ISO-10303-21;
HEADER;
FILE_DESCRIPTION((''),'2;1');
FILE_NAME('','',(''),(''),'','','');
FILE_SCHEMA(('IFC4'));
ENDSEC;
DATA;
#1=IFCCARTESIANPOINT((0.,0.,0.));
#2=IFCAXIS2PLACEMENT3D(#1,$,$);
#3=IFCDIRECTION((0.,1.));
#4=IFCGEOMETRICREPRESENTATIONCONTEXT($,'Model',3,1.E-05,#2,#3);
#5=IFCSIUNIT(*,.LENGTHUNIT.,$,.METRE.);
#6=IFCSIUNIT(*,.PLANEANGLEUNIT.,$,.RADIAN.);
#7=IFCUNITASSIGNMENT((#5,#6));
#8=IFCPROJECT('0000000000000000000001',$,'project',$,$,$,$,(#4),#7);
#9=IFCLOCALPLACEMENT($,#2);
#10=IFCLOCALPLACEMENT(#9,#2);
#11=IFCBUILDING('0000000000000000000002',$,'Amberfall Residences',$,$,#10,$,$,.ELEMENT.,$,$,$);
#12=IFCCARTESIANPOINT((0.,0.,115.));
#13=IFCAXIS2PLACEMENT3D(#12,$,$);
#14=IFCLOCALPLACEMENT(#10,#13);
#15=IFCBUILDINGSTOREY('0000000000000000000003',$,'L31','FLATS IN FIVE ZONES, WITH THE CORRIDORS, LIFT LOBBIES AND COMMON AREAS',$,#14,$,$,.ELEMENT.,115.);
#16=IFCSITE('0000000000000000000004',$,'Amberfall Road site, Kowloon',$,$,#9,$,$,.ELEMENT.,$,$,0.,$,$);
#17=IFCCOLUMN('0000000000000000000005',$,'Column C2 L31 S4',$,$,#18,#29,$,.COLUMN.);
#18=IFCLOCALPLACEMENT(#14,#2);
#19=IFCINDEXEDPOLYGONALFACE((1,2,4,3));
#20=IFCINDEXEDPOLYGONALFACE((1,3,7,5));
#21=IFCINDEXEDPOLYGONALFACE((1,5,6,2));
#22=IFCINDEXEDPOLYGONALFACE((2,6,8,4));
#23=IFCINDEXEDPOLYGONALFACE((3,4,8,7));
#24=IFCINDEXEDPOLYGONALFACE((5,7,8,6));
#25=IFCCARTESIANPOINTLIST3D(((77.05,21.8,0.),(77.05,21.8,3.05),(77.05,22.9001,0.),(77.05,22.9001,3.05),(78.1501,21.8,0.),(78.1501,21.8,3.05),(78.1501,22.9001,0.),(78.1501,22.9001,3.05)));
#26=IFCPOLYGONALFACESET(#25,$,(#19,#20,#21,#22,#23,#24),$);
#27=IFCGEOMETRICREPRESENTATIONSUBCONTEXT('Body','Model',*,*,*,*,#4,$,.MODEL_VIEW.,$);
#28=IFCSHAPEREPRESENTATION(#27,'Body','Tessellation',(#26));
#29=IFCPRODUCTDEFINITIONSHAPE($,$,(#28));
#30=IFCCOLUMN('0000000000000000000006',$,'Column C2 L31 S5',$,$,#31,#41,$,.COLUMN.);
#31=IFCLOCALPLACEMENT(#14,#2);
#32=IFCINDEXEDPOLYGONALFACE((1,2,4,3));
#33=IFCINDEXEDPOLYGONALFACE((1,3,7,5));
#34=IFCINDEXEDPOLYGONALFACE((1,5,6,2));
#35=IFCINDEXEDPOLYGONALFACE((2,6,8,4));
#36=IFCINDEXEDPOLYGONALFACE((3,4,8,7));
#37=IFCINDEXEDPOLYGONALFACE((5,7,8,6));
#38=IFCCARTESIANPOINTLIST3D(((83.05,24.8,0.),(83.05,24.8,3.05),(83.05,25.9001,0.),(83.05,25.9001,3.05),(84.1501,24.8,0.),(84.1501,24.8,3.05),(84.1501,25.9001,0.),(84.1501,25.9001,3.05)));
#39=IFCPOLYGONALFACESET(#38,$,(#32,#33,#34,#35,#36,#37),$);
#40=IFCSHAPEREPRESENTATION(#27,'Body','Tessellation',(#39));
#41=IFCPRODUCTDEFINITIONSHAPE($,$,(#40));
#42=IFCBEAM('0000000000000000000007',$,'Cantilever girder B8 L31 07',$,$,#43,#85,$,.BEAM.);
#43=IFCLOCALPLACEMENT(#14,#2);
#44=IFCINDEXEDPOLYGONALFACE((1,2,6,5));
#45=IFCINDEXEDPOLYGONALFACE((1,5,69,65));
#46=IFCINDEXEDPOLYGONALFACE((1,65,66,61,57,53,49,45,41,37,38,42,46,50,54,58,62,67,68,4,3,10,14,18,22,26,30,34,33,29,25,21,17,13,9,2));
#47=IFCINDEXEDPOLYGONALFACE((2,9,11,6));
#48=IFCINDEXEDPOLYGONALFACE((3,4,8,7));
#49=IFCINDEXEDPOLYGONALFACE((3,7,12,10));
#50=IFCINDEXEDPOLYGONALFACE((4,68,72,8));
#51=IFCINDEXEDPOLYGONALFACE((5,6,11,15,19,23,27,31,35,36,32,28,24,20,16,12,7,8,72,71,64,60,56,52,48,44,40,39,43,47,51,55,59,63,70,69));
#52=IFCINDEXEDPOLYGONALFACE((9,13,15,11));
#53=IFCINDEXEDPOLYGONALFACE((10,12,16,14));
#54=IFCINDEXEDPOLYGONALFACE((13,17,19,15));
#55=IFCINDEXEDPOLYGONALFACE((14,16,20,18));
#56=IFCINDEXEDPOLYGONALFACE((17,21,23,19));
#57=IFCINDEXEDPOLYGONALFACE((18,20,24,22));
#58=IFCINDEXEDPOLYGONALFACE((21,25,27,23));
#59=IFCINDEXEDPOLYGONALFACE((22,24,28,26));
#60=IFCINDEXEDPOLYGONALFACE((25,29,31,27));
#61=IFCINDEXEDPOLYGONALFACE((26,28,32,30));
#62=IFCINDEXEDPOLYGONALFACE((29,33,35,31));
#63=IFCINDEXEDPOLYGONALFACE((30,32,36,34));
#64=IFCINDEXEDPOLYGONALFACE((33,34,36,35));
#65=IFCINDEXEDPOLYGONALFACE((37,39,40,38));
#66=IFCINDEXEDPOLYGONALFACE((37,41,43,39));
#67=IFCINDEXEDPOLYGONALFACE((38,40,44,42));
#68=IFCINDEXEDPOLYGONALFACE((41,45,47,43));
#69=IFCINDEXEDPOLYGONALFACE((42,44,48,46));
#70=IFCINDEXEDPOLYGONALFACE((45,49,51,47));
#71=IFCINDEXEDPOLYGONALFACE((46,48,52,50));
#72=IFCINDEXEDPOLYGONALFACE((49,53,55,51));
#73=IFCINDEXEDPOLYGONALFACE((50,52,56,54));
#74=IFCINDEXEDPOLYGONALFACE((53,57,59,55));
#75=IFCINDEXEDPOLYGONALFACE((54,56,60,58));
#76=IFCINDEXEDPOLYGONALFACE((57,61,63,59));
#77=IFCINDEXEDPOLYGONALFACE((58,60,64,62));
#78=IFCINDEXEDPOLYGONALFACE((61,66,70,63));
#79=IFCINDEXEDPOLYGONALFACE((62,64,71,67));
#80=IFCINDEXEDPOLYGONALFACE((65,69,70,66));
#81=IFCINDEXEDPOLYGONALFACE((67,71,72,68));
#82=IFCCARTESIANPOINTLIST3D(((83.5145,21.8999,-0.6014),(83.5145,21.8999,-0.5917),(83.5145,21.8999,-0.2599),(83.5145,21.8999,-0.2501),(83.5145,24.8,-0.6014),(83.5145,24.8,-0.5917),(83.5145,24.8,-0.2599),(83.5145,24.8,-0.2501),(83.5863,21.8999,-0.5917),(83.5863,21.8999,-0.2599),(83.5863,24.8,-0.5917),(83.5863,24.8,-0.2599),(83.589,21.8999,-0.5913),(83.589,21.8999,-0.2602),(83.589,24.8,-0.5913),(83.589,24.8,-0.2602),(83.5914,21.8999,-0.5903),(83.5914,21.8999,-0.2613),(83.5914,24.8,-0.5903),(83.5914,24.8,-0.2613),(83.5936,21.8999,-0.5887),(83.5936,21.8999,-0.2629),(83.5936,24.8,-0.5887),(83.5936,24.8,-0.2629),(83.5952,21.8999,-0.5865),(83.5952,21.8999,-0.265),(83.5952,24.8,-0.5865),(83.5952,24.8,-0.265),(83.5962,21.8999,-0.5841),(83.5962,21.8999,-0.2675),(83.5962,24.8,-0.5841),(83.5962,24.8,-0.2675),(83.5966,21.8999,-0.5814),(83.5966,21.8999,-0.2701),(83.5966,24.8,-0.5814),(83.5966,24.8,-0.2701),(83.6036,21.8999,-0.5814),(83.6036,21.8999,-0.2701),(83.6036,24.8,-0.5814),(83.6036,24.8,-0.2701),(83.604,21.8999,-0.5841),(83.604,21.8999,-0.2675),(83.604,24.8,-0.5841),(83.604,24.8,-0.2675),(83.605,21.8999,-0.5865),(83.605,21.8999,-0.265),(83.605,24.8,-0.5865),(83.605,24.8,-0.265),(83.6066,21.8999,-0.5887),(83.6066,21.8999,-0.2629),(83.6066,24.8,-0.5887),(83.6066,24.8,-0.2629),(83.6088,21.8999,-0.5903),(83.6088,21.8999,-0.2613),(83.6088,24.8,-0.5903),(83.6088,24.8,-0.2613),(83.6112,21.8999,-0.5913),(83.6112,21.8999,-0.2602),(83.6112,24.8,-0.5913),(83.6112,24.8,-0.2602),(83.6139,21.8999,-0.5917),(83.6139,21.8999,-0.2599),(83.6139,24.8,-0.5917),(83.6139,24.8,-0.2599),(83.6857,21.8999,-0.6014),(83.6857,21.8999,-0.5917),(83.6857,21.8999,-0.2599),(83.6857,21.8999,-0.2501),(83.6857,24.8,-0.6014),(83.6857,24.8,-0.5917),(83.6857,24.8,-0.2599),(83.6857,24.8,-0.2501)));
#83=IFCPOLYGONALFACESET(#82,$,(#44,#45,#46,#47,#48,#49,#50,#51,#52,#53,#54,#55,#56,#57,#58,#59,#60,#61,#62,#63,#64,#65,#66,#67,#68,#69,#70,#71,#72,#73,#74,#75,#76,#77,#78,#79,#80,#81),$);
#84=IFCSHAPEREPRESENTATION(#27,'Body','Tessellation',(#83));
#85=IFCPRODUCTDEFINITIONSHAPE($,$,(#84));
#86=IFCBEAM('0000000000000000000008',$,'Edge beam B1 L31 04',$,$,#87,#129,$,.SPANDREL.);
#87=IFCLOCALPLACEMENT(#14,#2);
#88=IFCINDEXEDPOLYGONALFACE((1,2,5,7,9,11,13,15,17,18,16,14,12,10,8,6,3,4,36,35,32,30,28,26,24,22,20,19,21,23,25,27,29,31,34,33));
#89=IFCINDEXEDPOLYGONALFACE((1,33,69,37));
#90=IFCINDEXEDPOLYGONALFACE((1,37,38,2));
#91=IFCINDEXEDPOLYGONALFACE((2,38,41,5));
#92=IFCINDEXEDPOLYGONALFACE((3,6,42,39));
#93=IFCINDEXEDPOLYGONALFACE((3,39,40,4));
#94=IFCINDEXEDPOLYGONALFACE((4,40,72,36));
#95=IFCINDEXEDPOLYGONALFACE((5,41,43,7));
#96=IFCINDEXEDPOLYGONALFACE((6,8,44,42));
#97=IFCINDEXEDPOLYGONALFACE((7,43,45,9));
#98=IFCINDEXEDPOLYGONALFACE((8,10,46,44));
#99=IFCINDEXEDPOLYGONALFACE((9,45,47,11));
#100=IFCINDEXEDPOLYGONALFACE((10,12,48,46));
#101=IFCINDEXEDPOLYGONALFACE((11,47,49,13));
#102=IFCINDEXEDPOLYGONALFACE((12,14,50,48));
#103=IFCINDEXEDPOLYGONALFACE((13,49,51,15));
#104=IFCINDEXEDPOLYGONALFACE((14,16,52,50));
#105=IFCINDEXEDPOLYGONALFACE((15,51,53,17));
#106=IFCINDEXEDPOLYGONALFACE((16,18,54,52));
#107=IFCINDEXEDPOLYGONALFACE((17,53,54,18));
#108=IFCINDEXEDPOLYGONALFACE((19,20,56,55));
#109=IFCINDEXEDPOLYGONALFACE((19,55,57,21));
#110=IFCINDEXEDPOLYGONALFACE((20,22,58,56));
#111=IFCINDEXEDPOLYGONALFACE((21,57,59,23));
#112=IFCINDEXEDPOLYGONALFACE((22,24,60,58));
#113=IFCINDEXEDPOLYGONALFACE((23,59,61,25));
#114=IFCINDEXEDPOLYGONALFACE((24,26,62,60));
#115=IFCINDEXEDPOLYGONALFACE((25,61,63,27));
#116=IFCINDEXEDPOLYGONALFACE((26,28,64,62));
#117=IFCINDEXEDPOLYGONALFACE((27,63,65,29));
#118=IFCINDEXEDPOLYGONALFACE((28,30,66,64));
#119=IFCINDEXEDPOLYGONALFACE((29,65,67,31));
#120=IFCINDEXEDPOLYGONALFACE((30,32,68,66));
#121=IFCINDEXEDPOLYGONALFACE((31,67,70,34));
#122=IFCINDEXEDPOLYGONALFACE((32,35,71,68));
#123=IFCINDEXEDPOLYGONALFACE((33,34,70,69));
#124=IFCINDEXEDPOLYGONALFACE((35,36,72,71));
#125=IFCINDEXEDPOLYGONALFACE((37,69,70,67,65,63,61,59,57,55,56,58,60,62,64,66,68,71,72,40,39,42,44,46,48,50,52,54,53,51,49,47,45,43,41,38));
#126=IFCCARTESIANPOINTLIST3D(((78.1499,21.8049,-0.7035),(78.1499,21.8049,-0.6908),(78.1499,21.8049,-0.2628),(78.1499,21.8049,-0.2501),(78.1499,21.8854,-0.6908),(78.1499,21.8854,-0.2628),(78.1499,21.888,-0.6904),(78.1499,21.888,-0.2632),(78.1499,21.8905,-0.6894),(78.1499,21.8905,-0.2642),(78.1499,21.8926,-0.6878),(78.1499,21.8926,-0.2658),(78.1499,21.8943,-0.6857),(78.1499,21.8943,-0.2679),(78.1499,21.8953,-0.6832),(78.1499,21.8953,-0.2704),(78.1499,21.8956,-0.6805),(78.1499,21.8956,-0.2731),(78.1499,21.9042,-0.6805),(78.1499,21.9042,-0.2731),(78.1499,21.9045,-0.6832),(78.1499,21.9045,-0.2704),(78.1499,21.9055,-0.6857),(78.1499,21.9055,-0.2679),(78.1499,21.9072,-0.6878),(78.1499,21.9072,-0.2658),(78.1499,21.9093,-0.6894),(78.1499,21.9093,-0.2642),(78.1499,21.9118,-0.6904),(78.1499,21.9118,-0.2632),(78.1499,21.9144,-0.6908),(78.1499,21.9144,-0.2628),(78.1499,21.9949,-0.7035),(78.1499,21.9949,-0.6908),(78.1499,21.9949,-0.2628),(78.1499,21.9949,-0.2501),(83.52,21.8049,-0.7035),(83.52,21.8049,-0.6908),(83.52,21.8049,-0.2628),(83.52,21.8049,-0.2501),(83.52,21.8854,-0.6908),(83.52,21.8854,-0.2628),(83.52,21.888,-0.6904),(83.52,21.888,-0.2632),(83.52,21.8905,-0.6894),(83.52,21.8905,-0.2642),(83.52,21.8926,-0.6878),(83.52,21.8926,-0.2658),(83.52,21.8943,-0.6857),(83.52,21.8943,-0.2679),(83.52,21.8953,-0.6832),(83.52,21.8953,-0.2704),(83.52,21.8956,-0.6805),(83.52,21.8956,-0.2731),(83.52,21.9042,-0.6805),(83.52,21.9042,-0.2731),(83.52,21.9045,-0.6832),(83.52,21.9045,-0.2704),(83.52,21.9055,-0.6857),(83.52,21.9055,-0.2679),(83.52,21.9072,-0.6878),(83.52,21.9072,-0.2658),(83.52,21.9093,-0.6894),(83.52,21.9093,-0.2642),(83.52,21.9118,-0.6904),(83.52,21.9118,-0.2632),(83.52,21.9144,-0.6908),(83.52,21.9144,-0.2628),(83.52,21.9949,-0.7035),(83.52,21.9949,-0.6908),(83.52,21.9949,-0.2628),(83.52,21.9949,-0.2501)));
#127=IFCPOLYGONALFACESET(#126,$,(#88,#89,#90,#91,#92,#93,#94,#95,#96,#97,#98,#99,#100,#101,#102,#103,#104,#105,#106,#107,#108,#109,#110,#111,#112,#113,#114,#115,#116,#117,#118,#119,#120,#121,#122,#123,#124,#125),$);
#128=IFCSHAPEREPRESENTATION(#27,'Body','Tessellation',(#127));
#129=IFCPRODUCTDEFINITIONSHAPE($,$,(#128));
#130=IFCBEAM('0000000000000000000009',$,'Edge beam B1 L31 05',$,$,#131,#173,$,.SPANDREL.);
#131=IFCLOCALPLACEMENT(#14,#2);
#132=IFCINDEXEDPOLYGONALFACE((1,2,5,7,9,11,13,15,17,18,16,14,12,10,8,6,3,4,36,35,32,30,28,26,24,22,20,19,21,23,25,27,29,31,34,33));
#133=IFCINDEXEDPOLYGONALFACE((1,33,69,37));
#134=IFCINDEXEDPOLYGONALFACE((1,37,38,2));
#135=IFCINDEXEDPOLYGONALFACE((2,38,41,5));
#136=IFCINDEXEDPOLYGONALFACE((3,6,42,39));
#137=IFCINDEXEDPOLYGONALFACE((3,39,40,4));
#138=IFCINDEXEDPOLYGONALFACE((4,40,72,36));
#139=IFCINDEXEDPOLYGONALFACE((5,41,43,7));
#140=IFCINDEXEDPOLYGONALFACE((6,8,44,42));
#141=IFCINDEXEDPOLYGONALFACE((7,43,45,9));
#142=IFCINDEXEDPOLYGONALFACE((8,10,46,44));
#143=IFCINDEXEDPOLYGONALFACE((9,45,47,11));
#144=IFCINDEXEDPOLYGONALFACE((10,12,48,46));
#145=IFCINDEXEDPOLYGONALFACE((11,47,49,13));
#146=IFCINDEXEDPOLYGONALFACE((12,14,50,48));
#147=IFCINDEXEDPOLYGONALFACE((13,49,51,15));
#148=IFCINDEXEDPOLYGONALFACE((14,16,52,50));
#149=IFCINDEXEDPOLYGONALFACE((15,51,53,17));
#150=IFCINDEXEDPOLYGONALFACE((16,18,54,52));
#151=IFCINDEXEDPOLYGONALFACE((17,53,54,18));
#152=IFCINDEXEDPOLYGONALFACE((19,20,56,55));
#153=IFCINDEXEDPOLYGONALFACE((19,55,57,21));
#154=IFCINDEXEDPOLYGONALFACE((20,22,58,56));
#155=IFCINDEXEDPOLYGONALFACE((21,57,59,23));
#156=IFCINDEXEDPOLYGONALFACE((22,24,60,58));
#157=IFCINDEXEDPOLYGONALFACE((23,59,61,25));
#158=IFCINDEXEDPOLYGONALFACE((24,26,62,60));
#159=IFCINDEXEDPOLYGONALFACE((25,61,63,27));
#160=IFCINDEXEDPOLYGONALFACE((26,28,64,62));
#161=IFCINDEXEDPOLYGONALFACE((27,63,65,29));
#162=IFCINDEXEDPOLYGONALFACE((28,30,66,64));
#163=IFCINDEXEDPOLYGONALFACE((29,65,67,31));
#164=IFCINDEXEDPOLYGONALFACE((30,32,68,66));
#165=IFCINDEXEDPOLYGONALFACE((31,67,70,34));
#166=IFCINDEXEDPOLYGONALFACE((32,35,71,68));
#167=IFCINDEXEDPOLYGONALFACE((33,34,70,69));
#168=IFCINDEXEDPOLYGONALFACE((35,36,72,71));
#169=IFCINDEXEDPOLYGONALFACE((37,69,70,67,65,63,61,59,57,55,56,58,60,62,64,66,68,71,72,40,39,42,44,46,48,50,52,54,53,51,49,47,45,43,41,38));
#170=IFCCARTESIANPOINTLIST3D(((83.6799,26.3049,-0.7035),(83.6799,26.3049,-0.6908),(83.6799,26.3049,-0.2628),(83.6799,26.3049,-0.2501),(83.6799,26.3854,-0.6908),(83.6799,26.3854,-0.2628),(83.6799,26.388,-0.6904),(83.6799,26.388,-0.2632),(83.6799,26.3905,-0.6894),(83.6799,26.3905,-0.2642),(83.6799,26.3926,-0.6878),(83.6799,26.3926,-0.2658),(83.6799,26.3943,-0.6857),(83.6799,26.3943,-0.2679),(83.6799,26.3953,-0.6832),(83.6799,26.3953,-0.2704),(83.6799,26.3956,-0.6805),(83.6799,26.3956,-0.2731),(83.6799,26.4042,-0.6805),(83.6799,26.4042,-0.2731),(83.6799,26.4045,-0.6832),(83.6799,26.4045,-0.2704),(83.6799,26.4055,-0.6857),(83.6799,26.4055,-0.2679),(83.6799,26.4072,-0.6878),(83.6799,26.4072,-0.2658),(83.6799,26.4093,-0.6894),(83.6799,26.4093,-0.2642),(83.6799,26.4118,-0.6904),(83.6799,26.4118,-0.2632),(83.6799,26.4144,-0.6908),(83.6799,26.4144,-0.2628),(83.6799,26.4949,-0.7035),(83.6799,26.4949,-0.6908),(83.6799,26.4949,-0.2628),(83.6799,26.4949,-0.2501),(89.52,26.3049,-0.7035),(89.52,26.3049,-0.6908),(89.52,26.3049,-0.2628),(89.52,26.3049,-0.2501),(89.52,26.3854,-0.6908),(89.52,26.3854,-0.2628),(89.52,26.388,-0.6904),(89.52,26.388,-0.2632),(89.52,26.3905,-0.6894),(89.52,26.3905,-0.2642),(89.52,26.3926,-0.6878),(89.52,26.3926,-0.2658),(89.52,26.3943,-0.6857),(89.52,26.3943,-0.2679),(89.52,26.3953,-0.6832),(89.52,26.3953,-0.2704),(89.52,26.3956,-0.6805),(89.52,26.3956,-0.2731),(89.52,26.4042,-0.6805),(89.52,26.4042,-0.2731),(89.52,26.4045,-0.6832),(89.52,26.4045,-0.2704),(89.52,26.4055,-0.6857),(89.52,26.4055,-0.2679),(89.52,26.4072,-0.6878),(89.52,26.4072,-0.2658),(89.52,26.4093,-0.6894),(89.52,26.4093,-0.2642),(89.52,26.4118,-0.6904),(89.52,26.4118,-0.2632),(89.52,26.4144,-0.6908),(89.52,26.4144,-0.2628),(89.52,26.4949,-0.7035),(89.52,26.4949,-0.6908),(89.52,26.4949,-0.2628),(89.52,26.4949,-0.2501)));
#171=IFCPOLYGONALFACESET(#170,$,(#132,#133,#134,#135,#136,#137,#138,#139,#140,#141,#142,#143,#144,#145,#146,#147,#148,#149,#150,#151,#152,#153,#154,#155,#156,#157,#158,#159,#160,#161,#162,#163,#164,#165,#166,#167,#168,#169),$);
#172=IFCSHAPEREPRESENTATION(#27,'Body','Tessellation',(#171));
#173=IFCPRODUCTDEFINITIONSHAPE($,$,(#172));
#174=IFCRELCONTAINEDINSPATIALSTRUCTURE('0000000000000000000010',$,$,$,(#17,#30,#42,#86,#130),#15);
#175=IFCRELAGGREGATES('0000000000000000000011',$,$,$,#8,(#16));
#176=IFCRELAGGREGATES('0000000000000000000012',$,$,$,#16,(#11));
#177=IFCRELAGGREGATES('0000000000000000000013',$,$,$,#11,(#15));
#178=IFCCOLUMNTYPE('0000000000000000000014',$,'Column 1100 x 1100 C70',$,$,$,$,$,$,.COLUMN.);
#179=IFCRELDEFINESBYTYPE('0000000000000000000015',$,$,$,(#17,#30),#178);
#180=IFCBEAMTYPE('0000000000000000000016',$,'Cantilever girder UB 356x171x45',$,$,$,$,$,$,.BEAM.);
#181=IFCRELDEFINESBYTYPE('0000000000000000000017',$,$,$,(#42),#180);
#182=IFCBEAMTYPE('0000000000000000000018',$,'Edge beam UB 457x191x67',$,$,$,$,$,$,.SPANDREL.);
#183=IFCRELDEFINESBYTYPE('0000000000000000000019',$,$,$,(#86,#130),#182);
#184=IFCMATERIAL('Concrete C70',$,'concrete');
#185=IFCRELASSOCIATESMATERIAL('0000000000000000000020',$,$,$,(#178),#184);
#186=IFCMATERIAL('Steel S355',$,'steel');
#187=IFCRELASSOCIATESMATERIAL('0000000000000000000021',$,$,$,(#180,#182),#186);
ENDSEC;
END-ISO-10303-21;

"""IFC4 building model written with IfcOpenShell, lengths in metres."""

from ifc_helpers import new_model, si_unit, direction, frame, origin, origin_2d, place, context, subcontext, project, spatial, rectangle, i_section, extrude, material, material_profile, profile_set, type_object, element, save


model = new_model("IFC4")

# Units and contexts
model_context = context("Model", 3, precision=1e-05, world=origin(), true_north=direction((0.0, 1.0)))
body_context = subcontext(model_context, "Body", "Model", "MODEL_VIEW")
ifc_project = project(units=[si_unit("LENGTHUNIT", "METRE"), si_unit("PLANEANGLEUNIT", "RADIAN")], contexts=[model_context])

# Site, building, storey
site_placement = place(None, origin())
site = spatial("IfcSite", under=ifc_project, at=site_placement, Name="Amberfall Road site, Kowloon", CompositionType="ELEMENT", RefElevation=0.0)
building_placement = place(site_placement, origin())
building = spatial("IfcBuilding", under=site, at=building_placement, Name="Amberfall Residences", CompositionType="ELEMENT")
storey_placement = place(building_placement, frame((0.0, 0.0, 115.0)))
storey = spatial("IfcBuildingStorey", under=building, at=storey_placement, Name="L31", Description="FLATS IN FIVE ZONES, WITH THE CORRIDORS, LIFT LOBBIES AND COMMON AREAS", CompositionType="ELEMENT", Elevation=115.0)

# Columns
ifc_material_1 = material(Name="Concrete C70", Category="concrete")
ifc_material_profile_1 = material_profile(ifc_material_1, rectangle(XDim=1.1001, YDim=1.1001, at=origin_2d()), Name="Column 1100 x 1100 C70")
ifc_profile_set_1 = profile_set([ifc_material_profile_1], Name="Concrete C70")
column_type = type_object("IfcColumnType", Name="Column 1100 x 1100 C70", PredefinedType="COLUMN", material=ifc_profile_set_1)
for number, where, z_axis, x_axis, name in (
    (1, (77.6001, 22.3501, 0.0), (0.0, 0.0, 1.0), (1.0, 0.0, 0.0), "Column C2 L31 S4"),
    (2, (83.6001, 25.3501, 0.0), (0.0, 0.0, 1.0), (1.0, 0.0, 0.0), "Column C2 L31 S5"),
):
    element("IfcColumn", number, at=place(storey_placement, frame(where, z_axis=z_axis, x_axis=x_axis)), inside=storey, type_object=column_type, Name=name, PredefinedType="COLUMN", context=body_context, shape_type="SweptSolid", body=[
        extrude(rectangle(XDim=1.1001, YDim=1.1001, at=origin_2d()), origin(), (0.0, 0.0, 1.0), 3.05),
    ])

# Beams
ifc_material_2 = material(Name="Steel S355", Category="steel")
ifc_material_profile_2 = material_profile(ifc_material_2, i_section(OverallWidth=0.1711, OverallDepth=0.3513, WebThickness=0.0071, FlangeThickness=0.0098, FilletRadius=0.0103, at=origin_2d()), Name="UB 356x171x45")
ifc_profile_set_2 = profile_set([ifc_material_profile_2], Name="Steel S355")
beam_type_1 = type_object("IfcBeamType", Name="Cantilever girder UB 356x171x45", PredefinedType="BEAM", material=ifc_profile_set_2)
beam_1_placement = place(storey_placement, frame((83.6001, 24.8, -0.4258), z_axis=(0.0, -1.0, 0.0), x_axis=(1.0, 0.0, 0.0)))
element("IfcBeam", 3, at=beam_1_placement, inside=storey, type_object=beam_type_1, Name="Cantilever girder B8 L31 07", PredefinedType="BEAM", context=body_context, shape_type="SweptSolid", body=[
    extrude(i_section(OverallWidth=0.1711, OverallDepth=0.3513, WebThickness=0.0071, FlangeThickness=0.0098, FilletRadius=0.0103, at=origin_2d()), origin(), (0.0, 0.0, 1.0), 2.9001),
])
ifc_material_profile_3 = material_profile(ifc_material_2, i_section(OverallWidth=0.1899, OverallDepth=0.4534, WebThickness=0.0085, FlangeThickness=0.0127, FilletRadius=0.0103, at=origin_2d()), Name="UB 457x191x67")
ifc_profile_set_3 = profile_set([ifc_material_profile_3], Name="Steel S355")
beam_type_2 = type_object("IfcBeamType", Name="Edge beam UB 457x191x67", PredefinedType="SPANDREL", material=ifc_profile_set_3)
beam_2_placement = place(storey_placement, frame((78.1499, 21.8999, -0.4768), z_axis=(1.0, 0.0, 0.0), x_axis=(0.0, 1.0, 0.0)))
element("IfcBeam", 4, at=beam_2_placement, inside=storey, type_object=beam_type_2, Name="Edge beam B1 L31 04", PredefinedType="SPANDREL", context=body_context, shape_type="SweptSolid", body=[
    extrude(i_section(OverallWidth=0.1899, OverallDepth=0.4534, WebThickness=0.0085, FlangeThickness=0.0127, FilletRadius=0.0103, at=origin_2d()), origin(), (0.0, 0.0, 1.0), 5.3701),
])
beam_3_placement = place(storey_placement, frame((83.6799, 26.3999, -0.4768), z_axis=(1.0, 0.0, 0.0), x_axis=(0.0, 1.0, 0.0)))
element("IfcBeam", 5, at=beam_3_placement, inside=storey, type_object=beam_type_2, Name="Edge beam B1 L31 05", PredefinedType="SPANDREL", context=body_context, shape_type="SweptSolid", body=[
    extrude(i_section(OverallWidth=0.1899, OverallDepth=0.4534, WebThickness=0.0085, FlangeThickness=0.0127, FilletRadius=0.0103, at=origin_2d()), origin(), (0.0, 0.0, 1.0), 5.8401),
])

save(model, "model.ifc")
